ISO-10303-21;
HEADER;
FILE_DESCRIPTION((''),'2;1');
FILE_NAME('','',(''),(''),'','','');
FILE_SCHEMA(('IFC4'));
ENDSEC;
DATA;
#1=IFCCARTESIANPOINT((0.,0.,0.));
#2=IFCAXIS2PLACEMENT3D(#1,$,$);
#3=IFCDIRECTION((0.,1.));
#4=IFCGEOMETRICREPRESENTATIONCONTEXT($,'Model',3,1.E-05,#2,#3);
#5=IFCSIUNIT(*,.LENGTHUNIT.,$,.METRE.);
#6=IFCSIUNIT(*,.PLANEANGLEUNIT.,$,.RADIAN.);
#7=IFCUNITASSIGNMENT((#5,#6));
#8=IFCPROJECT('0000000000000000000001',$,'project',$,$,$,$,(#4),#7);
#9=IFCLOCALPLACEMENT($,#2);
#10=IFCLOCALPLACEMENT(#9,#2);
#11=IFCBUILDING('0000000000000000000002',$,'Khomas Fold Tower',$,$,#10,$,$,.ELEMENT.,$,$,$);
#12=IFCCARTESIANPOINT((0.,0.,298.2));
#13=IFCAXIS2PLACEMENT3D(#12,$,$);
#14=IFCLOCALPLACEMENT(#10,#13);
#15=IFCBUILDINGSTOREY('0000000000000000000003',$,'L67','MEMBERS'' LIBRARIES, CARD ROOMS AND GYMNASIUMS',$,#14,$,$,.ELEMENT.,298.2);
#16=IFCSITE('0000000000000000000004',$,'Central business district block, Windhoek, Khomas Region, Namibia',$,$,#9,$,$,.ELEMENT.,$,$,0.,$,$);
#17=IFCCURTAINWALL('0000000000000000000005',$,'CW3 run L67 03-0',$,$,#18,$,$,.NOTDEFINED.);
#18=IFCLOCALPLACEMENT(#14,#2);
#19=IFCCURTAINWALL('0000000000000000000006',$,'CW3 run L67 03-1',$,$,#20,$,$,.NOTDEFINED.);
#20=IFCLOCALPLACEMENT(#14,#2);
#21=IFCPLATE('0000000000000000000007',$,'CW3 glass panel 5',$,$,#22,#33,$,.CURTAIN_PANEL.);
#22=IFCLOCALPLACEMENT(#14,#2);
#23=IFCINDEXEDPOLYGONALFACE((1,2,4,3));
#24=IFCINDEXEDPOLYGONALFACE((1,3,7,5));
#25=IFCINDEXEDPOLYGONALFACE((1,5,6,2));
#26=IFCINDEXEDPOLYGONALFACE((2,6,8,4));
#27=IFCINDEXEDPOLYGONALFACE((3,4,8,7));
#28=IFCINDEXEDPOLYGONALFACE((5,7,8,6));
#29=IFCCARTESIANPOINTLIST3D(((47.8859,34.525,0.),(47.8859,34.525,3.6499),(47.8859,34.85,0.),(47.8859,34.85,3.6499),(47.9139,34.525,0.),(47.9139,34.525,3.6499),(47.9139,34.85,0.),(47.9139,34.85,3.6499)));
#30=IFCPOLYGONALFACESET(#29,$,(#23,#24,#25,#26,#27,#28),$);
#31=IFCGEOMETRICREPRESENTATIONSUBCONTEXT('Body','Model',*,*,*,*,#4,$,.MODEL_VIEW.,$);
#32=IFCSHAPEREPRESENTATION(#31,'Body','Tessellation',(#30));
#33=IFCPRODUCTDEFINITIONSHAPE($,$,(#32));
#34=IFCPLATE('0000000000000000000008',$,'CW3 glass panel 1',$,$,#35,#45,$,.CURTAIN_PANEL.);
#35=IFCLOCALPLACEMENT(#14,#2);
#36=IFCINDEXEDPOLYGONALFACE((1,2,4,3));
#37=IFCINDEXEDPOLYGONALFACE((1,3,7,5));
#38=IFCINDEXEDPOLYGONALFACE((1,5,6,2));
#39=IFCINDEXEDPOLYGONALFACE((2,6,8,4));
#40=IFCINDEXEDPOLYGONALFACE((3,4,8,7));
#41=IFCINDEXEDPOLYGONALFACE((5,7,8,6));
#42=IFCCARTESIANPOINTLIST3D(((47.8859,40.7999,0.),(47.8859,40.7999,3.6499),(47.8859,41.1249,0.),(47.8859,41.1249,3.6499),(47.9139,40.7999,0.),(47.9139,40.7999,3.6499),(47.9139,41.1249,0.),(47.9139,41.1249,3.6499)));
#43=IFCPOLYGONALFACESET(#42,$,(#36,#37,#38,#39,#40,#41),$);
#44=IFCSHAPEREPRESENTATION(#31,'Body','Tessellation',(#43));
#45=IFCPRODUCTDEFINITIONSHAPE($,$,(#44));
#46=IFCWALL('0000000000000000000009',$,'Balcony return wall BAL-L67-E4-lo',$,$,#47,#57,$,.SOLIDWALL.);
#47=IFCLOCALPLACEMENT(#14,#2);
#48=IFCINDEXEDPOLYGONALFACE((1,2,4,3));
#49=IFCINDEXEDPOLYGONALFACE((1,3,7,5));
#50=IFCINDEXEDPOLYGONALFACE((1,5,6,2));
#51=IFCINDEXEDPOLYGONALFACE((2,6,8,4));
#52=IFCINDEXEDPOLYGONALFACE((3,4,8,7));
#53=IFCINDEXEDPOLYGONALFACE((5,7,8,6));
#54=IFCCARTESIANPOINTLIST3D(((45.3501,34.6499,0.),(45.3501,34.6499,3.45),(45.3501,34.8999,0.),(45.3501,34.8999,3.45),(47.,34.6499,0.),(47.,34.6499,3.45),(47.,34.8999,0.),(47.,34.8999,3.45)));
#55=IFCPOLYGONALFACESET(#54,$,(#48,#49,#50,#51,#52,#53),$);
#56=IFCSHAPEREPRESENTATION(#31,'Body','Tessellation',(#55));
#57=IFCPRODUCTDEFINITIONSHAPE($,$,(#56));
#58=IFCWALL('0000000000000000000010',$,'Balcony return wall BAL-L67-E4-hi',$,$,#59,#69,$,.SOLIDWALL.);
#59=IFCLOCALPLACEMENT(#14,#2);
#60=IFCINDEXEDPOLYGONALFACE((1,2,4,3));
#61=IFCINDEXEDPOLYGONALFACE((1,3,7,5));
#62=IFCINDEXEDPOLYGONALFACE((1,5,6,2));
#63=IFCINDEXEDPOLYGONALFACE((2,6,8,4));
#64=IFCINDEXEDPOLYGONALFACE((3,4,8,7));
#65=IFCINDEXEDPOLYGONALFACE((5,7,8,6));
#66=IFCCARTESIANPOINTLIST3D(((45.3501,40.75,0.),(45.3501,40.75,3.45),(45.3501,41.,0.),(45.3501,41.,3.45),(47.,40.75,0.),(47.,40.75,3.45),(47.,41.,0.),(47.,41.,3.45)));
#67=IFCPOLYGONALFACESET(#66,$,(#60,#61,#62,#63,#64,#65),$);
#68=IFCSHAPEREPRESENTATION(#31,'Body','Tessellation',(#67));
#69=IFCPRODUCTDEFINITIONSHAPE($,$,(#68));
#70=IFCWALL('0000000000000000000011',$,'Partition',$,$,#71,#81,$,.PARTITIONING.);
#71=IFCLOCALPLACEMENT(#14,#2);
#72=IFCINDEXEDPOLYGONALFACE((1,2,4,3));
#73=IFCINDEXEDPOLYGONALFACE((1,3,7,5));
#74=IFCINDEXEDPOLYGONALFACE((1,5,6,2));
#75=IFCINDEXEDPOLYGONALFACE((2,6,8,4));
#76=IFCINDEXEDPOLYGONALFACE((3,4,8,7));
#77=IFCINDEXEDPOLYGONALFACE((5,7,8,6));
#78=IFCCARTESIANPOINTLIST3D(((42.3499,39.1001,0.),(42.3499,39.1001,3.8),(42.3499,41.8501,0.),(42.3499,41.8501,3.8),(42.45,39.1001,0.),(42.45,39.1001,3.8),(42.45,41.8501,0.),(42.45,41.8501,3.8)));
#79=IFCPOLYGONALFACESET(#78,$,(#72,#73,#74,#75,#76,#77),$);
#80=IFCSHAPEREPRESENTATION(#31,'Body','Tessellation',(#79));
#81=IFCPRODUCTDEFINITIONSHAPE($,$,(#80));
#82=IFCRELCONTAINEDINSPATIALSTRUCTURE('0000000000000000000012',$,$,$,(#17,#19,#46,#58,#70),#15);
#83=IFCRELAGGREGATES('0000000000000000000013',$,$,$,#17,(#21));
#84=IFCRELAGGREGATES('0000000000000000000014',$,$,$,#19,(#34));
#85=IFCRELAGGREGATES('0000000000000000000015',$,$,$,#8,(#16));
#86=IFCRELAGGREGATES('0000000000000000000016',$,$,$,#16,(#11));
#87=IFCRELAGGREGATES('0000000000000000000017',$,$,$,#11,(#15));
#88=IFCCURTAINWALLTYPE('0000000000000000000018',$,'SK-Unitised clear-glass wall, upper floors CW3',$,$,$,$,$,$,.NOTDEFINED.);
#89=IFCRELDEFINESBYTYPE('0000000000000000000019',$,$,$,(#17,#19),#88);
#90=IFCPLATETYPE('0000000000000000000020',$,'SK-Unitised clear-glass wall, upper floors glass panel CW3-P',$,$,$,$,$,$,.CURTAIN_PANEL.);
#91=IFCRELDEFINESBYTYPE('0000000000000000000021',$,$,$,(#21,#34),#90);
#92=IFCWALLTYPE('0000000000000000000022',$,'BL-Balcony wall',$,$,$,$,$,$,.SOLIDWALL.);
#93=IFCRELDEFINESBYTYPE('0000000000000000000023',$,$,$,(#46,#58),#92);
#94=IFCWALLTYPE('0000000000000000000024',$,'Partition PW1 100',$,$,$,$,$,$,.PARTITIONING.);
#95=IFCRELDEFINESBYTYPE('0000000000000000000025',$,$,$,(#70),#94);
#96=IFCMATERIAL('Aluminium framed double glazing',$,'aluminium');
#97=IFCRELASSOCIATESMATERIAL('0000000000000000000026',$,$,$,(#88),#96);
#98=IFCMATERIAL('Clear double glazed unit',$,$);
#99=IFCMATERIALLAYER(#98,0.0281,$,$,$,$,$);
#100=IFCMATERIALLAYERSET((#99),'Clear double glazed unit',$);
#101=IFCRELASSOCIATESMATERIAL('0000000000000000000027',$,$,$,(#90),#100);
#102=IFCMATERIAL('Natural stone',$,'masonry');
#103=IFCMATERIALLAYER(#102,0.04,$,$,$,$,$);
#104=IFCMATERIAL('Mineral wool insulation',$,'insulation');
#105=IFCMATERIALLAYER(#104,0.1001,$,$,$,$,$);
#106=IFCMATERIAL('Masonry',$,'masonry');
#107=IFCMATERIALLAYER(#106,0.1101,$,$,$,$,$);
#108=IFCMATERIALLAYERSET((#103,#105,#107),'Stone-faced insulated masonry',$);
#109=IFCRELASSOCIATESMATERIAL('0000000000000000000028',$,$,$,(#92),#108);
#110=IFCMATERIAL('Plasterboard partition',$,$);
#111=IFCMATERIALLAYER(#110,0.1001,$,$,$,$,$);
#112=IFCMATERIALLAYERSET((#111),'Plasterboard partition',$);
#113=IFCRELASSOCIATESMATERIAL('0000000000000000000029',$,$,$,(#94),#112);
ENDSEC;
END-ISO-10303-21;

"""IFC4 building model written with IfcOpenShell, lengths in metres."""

from ifc_helpers import new_model, si_unit, direction, frame, frame_2d, origin, origin_2d, place, context, subcontext, project, spatial, rectangle, extrude, source, transform, mapped, material, layer, layer_set, type_object, element, aggregate, save


model = new_model("IFC4")

# Units and contexts
model_context = context("Model", 3, precision=1e-05, world=origin(), true_north=direction((0.0, 1.0)))
body_context = subcontext(model_context, "Body", "Model", "MODEL_VIEW")
ifc_project = project(units=[si_unit("LENGTHUNIT", "METRE"), si_unit("PLANEANGLEUNIT", "RADIAN")], contexts=[model_context])

# Site, building, storey
site_placement = place(None, origin())
site = spatial("IfcSite", under=ifc_project, at=site_placement, Name="Central business district block, Windhoek, Khomas Region, Namibia", CompositionType="ELEMENT", RefElevation=0.0)
building_placement = place(site_placement, origin())
building = spatial("IfcBuilding", under=site, at=building_placement, Name="Khomas Fold Tower", CompositionType="ELEMENT")
storey_placement = place(building_placement, frame((0.0, 0.0, 298.2)))
storey = spatial("IfcBuildingStorey", under=building, at=storey_placement, Name="L67", Description="MEMBERS' LIBRARIES, CARD ROOMS AND GYMNASIUMS", CompositionType="ELEMENT", Elevation=298.2)

# Curtain wall
ifc_material_1 = material(Name="Aluminium framed double glazing", Category="aluminium")
curtain_wall_type = type_object("IfcCurtainWallType", Name="SK-Unitised clear-glass wall, upper floors CW3", PredefinedType="NOTDEFINED", material=ifc_material_1)
curtain_wall_1_placement = place(storey_placement, origin())
curtain_wall_1 = element("IfcCurtainWall", 1, at=curtain_wall_1_placement, inside=storey, type_object=curtain_wall_type, Name="CW3 run L67 03-0", PredefinedType="NOTDEFINED")

# Curtain wall
curtain_wall_2_placement = place(storey_placement, origin())
curtain_wall_2 = element("IfcCurtainWall", 2, at=curtain_wall_2_placement, inside=storey, type_object=curtain_wall_type, Name="CW3 run L67 03-1", PredefinedType="NOTDEFINED")

# Plates
ifc_material_2 = material(Name="Clear double glazed unit")
ifc_layer_1 = layer(ifc_material_2, 0.0281)
ifc_layer_set_1 = layer_set([ifc_layer_1], Name="Clear double glazed unit")
plate_type = type_object("IfcPlateType", Name="SK-Unitised clear-glass wall, upper floors glass panel CW3-P", PredefinedType="CURTAIN_PANEL", material=ifc_layer_set_1)
shared_shape_1 = source(origin(), body_context, "Body", "SweptSolid", [
    extrude(rectangle(XDim=0.325, YDim=0.0281, at=origin_2d()), origin(), (0.0, 0.0, 1.0), 3.6499),
])
plate_1_placement = place(storey_placement, frame((47.8999, 34.6875, 0.0), z_axis=(0.0, 0.0, 1.0), x_axis=(0.0, 1.0, 0.0)))
plate_1 = element("IfcPlate", 3, at=plate_1_placement, type_object=plate_type, Name="CW3 glass panel 5", PredefinedType="CURTAIN_PANEL", context=body_context, shape_type="MappedRepresentation", body=[
    mapped(shared_shape_1, transform((0.0, 0.0, 0.0))),
])
aggregate(curtain_wall_1, [plate_1])
plate_2_placement = place(storey_placement, frame((47.8999, 40.9624, 0.0), z_axis=(0.0, 0.0, 1.0), x_axis=(0.0, 1.0, 0.0)))
plate_2 = element("IfcPlate", 4, at=plate_2_placement, type_object=plate_type, Name="CW3 glass panel 1", PredefinedType="CURTAIN_PANEL", context=body_context, shape_type="MappedRepresentation", body=[
    mapped(shared_shape_1, transform((0.0, 0.0, 0.0))),
])
aggregate(curtain_wall_2, [plate_2])

# Shared definitions
ifc_material_3 = material(Name="Natural stone", Category="masonry")
ifc_layer_2 = layer(ifc_material_3, 0.04)
ifc_material_4 = material(Name="Mineral wool insulation", Category="insulation")
ifc_layer_3 = layer(ifc_material_4, 0.1001)
ifc_material_5 = material(Name="Masonry", Category="masonry")
ifc_layer_4 = layer(ifc_material_5, 0.1101)
ifc_layer_set_2 = layer_set([ifc_layer_2, ifc_layer_3, ifc_layer_4], Name="Stone-faced insulated masonry")
wall_type_1 = type_object("IfcWallType", Name="BL-Balcony wall", PredefinedType="SOLIDWALL", material=ifc_layer_set_2)

# Walls
shared_shape_2 = source(origin(), body_context, "Body", "SweptSolid", [
    extrude(rectangle(XDim=1.6499, YDim=0.25, at=frame_2d((0.825, 0.0))), origin(), (0.0, 0.0, 1.0), 3.45),
])
for number, where, z_axis, x_axis, name in (
    (5, (47.0, 34.7749, 0.0), (0.0, 0.0, 1.0), (-1.0, 0.0, 0.0), "Balcony return wall BAL-L67-E4-lo"),
    (6, (47.0, 40.875, 0.0), (0.0, 0.0, 1.0), (-1.0, 0.0, 0.0), "Balcony return wall BAL-L67-E4-hi"),
):
    element("IfcWall", number, at=place(storey_placement, frame(where, z_axis=z_axis, x_axis=x_axis)), inside=storey, type_object=wall_type_1, Name=name, PredefinedType="SOLIDWALL", context=body_context, shape_type="MappedRepresentation", body=[
        mapped(shared_shape_2, transform((0.0, 0.0, 0.0))),
    ])
ifc_material_6 = material(Name="Plasterboard partition")
ifc_layer_5 = layer(ifc_material_6, 0.1001)
ifc_layer_set_3 = layer_set([ifc_layer_5], Name="Plasterboard partition")
wall_type_2 = type_object("IfcWallType", Name="Partition PW1 100", PredefinedType="PARTITIONING", material=ifc_layer_set_3)
shared_shape_3 = source(origin(), body_context, "Body", "SweptSolid", [
    extrude(rectangle(XDim=2.75, YDim=0.1001, at=frame_2d((1.375, 0.0))), origin(), (0.0, 0.0, 1.0), 3.8),
])
wall_1_placement = place(storey_placement, frame((42.3999, 39.1001, 0.0), z_axis=(0.0, 0.0, 1.0), x_axis=(0.0, 1.0, 0.0)))
element("IfcWall", 7, at=wall_1_placement, inside=storey, type_object=wall_type_2, Name="Partition", PredefinedType="PARTITIONING", context=body_context, shape_type="MappedRepresentation", body=[
    mapped(shared_shape_3, transform((0.0, 0.0, 0.0))),
])

save(model, "model.ifc")
